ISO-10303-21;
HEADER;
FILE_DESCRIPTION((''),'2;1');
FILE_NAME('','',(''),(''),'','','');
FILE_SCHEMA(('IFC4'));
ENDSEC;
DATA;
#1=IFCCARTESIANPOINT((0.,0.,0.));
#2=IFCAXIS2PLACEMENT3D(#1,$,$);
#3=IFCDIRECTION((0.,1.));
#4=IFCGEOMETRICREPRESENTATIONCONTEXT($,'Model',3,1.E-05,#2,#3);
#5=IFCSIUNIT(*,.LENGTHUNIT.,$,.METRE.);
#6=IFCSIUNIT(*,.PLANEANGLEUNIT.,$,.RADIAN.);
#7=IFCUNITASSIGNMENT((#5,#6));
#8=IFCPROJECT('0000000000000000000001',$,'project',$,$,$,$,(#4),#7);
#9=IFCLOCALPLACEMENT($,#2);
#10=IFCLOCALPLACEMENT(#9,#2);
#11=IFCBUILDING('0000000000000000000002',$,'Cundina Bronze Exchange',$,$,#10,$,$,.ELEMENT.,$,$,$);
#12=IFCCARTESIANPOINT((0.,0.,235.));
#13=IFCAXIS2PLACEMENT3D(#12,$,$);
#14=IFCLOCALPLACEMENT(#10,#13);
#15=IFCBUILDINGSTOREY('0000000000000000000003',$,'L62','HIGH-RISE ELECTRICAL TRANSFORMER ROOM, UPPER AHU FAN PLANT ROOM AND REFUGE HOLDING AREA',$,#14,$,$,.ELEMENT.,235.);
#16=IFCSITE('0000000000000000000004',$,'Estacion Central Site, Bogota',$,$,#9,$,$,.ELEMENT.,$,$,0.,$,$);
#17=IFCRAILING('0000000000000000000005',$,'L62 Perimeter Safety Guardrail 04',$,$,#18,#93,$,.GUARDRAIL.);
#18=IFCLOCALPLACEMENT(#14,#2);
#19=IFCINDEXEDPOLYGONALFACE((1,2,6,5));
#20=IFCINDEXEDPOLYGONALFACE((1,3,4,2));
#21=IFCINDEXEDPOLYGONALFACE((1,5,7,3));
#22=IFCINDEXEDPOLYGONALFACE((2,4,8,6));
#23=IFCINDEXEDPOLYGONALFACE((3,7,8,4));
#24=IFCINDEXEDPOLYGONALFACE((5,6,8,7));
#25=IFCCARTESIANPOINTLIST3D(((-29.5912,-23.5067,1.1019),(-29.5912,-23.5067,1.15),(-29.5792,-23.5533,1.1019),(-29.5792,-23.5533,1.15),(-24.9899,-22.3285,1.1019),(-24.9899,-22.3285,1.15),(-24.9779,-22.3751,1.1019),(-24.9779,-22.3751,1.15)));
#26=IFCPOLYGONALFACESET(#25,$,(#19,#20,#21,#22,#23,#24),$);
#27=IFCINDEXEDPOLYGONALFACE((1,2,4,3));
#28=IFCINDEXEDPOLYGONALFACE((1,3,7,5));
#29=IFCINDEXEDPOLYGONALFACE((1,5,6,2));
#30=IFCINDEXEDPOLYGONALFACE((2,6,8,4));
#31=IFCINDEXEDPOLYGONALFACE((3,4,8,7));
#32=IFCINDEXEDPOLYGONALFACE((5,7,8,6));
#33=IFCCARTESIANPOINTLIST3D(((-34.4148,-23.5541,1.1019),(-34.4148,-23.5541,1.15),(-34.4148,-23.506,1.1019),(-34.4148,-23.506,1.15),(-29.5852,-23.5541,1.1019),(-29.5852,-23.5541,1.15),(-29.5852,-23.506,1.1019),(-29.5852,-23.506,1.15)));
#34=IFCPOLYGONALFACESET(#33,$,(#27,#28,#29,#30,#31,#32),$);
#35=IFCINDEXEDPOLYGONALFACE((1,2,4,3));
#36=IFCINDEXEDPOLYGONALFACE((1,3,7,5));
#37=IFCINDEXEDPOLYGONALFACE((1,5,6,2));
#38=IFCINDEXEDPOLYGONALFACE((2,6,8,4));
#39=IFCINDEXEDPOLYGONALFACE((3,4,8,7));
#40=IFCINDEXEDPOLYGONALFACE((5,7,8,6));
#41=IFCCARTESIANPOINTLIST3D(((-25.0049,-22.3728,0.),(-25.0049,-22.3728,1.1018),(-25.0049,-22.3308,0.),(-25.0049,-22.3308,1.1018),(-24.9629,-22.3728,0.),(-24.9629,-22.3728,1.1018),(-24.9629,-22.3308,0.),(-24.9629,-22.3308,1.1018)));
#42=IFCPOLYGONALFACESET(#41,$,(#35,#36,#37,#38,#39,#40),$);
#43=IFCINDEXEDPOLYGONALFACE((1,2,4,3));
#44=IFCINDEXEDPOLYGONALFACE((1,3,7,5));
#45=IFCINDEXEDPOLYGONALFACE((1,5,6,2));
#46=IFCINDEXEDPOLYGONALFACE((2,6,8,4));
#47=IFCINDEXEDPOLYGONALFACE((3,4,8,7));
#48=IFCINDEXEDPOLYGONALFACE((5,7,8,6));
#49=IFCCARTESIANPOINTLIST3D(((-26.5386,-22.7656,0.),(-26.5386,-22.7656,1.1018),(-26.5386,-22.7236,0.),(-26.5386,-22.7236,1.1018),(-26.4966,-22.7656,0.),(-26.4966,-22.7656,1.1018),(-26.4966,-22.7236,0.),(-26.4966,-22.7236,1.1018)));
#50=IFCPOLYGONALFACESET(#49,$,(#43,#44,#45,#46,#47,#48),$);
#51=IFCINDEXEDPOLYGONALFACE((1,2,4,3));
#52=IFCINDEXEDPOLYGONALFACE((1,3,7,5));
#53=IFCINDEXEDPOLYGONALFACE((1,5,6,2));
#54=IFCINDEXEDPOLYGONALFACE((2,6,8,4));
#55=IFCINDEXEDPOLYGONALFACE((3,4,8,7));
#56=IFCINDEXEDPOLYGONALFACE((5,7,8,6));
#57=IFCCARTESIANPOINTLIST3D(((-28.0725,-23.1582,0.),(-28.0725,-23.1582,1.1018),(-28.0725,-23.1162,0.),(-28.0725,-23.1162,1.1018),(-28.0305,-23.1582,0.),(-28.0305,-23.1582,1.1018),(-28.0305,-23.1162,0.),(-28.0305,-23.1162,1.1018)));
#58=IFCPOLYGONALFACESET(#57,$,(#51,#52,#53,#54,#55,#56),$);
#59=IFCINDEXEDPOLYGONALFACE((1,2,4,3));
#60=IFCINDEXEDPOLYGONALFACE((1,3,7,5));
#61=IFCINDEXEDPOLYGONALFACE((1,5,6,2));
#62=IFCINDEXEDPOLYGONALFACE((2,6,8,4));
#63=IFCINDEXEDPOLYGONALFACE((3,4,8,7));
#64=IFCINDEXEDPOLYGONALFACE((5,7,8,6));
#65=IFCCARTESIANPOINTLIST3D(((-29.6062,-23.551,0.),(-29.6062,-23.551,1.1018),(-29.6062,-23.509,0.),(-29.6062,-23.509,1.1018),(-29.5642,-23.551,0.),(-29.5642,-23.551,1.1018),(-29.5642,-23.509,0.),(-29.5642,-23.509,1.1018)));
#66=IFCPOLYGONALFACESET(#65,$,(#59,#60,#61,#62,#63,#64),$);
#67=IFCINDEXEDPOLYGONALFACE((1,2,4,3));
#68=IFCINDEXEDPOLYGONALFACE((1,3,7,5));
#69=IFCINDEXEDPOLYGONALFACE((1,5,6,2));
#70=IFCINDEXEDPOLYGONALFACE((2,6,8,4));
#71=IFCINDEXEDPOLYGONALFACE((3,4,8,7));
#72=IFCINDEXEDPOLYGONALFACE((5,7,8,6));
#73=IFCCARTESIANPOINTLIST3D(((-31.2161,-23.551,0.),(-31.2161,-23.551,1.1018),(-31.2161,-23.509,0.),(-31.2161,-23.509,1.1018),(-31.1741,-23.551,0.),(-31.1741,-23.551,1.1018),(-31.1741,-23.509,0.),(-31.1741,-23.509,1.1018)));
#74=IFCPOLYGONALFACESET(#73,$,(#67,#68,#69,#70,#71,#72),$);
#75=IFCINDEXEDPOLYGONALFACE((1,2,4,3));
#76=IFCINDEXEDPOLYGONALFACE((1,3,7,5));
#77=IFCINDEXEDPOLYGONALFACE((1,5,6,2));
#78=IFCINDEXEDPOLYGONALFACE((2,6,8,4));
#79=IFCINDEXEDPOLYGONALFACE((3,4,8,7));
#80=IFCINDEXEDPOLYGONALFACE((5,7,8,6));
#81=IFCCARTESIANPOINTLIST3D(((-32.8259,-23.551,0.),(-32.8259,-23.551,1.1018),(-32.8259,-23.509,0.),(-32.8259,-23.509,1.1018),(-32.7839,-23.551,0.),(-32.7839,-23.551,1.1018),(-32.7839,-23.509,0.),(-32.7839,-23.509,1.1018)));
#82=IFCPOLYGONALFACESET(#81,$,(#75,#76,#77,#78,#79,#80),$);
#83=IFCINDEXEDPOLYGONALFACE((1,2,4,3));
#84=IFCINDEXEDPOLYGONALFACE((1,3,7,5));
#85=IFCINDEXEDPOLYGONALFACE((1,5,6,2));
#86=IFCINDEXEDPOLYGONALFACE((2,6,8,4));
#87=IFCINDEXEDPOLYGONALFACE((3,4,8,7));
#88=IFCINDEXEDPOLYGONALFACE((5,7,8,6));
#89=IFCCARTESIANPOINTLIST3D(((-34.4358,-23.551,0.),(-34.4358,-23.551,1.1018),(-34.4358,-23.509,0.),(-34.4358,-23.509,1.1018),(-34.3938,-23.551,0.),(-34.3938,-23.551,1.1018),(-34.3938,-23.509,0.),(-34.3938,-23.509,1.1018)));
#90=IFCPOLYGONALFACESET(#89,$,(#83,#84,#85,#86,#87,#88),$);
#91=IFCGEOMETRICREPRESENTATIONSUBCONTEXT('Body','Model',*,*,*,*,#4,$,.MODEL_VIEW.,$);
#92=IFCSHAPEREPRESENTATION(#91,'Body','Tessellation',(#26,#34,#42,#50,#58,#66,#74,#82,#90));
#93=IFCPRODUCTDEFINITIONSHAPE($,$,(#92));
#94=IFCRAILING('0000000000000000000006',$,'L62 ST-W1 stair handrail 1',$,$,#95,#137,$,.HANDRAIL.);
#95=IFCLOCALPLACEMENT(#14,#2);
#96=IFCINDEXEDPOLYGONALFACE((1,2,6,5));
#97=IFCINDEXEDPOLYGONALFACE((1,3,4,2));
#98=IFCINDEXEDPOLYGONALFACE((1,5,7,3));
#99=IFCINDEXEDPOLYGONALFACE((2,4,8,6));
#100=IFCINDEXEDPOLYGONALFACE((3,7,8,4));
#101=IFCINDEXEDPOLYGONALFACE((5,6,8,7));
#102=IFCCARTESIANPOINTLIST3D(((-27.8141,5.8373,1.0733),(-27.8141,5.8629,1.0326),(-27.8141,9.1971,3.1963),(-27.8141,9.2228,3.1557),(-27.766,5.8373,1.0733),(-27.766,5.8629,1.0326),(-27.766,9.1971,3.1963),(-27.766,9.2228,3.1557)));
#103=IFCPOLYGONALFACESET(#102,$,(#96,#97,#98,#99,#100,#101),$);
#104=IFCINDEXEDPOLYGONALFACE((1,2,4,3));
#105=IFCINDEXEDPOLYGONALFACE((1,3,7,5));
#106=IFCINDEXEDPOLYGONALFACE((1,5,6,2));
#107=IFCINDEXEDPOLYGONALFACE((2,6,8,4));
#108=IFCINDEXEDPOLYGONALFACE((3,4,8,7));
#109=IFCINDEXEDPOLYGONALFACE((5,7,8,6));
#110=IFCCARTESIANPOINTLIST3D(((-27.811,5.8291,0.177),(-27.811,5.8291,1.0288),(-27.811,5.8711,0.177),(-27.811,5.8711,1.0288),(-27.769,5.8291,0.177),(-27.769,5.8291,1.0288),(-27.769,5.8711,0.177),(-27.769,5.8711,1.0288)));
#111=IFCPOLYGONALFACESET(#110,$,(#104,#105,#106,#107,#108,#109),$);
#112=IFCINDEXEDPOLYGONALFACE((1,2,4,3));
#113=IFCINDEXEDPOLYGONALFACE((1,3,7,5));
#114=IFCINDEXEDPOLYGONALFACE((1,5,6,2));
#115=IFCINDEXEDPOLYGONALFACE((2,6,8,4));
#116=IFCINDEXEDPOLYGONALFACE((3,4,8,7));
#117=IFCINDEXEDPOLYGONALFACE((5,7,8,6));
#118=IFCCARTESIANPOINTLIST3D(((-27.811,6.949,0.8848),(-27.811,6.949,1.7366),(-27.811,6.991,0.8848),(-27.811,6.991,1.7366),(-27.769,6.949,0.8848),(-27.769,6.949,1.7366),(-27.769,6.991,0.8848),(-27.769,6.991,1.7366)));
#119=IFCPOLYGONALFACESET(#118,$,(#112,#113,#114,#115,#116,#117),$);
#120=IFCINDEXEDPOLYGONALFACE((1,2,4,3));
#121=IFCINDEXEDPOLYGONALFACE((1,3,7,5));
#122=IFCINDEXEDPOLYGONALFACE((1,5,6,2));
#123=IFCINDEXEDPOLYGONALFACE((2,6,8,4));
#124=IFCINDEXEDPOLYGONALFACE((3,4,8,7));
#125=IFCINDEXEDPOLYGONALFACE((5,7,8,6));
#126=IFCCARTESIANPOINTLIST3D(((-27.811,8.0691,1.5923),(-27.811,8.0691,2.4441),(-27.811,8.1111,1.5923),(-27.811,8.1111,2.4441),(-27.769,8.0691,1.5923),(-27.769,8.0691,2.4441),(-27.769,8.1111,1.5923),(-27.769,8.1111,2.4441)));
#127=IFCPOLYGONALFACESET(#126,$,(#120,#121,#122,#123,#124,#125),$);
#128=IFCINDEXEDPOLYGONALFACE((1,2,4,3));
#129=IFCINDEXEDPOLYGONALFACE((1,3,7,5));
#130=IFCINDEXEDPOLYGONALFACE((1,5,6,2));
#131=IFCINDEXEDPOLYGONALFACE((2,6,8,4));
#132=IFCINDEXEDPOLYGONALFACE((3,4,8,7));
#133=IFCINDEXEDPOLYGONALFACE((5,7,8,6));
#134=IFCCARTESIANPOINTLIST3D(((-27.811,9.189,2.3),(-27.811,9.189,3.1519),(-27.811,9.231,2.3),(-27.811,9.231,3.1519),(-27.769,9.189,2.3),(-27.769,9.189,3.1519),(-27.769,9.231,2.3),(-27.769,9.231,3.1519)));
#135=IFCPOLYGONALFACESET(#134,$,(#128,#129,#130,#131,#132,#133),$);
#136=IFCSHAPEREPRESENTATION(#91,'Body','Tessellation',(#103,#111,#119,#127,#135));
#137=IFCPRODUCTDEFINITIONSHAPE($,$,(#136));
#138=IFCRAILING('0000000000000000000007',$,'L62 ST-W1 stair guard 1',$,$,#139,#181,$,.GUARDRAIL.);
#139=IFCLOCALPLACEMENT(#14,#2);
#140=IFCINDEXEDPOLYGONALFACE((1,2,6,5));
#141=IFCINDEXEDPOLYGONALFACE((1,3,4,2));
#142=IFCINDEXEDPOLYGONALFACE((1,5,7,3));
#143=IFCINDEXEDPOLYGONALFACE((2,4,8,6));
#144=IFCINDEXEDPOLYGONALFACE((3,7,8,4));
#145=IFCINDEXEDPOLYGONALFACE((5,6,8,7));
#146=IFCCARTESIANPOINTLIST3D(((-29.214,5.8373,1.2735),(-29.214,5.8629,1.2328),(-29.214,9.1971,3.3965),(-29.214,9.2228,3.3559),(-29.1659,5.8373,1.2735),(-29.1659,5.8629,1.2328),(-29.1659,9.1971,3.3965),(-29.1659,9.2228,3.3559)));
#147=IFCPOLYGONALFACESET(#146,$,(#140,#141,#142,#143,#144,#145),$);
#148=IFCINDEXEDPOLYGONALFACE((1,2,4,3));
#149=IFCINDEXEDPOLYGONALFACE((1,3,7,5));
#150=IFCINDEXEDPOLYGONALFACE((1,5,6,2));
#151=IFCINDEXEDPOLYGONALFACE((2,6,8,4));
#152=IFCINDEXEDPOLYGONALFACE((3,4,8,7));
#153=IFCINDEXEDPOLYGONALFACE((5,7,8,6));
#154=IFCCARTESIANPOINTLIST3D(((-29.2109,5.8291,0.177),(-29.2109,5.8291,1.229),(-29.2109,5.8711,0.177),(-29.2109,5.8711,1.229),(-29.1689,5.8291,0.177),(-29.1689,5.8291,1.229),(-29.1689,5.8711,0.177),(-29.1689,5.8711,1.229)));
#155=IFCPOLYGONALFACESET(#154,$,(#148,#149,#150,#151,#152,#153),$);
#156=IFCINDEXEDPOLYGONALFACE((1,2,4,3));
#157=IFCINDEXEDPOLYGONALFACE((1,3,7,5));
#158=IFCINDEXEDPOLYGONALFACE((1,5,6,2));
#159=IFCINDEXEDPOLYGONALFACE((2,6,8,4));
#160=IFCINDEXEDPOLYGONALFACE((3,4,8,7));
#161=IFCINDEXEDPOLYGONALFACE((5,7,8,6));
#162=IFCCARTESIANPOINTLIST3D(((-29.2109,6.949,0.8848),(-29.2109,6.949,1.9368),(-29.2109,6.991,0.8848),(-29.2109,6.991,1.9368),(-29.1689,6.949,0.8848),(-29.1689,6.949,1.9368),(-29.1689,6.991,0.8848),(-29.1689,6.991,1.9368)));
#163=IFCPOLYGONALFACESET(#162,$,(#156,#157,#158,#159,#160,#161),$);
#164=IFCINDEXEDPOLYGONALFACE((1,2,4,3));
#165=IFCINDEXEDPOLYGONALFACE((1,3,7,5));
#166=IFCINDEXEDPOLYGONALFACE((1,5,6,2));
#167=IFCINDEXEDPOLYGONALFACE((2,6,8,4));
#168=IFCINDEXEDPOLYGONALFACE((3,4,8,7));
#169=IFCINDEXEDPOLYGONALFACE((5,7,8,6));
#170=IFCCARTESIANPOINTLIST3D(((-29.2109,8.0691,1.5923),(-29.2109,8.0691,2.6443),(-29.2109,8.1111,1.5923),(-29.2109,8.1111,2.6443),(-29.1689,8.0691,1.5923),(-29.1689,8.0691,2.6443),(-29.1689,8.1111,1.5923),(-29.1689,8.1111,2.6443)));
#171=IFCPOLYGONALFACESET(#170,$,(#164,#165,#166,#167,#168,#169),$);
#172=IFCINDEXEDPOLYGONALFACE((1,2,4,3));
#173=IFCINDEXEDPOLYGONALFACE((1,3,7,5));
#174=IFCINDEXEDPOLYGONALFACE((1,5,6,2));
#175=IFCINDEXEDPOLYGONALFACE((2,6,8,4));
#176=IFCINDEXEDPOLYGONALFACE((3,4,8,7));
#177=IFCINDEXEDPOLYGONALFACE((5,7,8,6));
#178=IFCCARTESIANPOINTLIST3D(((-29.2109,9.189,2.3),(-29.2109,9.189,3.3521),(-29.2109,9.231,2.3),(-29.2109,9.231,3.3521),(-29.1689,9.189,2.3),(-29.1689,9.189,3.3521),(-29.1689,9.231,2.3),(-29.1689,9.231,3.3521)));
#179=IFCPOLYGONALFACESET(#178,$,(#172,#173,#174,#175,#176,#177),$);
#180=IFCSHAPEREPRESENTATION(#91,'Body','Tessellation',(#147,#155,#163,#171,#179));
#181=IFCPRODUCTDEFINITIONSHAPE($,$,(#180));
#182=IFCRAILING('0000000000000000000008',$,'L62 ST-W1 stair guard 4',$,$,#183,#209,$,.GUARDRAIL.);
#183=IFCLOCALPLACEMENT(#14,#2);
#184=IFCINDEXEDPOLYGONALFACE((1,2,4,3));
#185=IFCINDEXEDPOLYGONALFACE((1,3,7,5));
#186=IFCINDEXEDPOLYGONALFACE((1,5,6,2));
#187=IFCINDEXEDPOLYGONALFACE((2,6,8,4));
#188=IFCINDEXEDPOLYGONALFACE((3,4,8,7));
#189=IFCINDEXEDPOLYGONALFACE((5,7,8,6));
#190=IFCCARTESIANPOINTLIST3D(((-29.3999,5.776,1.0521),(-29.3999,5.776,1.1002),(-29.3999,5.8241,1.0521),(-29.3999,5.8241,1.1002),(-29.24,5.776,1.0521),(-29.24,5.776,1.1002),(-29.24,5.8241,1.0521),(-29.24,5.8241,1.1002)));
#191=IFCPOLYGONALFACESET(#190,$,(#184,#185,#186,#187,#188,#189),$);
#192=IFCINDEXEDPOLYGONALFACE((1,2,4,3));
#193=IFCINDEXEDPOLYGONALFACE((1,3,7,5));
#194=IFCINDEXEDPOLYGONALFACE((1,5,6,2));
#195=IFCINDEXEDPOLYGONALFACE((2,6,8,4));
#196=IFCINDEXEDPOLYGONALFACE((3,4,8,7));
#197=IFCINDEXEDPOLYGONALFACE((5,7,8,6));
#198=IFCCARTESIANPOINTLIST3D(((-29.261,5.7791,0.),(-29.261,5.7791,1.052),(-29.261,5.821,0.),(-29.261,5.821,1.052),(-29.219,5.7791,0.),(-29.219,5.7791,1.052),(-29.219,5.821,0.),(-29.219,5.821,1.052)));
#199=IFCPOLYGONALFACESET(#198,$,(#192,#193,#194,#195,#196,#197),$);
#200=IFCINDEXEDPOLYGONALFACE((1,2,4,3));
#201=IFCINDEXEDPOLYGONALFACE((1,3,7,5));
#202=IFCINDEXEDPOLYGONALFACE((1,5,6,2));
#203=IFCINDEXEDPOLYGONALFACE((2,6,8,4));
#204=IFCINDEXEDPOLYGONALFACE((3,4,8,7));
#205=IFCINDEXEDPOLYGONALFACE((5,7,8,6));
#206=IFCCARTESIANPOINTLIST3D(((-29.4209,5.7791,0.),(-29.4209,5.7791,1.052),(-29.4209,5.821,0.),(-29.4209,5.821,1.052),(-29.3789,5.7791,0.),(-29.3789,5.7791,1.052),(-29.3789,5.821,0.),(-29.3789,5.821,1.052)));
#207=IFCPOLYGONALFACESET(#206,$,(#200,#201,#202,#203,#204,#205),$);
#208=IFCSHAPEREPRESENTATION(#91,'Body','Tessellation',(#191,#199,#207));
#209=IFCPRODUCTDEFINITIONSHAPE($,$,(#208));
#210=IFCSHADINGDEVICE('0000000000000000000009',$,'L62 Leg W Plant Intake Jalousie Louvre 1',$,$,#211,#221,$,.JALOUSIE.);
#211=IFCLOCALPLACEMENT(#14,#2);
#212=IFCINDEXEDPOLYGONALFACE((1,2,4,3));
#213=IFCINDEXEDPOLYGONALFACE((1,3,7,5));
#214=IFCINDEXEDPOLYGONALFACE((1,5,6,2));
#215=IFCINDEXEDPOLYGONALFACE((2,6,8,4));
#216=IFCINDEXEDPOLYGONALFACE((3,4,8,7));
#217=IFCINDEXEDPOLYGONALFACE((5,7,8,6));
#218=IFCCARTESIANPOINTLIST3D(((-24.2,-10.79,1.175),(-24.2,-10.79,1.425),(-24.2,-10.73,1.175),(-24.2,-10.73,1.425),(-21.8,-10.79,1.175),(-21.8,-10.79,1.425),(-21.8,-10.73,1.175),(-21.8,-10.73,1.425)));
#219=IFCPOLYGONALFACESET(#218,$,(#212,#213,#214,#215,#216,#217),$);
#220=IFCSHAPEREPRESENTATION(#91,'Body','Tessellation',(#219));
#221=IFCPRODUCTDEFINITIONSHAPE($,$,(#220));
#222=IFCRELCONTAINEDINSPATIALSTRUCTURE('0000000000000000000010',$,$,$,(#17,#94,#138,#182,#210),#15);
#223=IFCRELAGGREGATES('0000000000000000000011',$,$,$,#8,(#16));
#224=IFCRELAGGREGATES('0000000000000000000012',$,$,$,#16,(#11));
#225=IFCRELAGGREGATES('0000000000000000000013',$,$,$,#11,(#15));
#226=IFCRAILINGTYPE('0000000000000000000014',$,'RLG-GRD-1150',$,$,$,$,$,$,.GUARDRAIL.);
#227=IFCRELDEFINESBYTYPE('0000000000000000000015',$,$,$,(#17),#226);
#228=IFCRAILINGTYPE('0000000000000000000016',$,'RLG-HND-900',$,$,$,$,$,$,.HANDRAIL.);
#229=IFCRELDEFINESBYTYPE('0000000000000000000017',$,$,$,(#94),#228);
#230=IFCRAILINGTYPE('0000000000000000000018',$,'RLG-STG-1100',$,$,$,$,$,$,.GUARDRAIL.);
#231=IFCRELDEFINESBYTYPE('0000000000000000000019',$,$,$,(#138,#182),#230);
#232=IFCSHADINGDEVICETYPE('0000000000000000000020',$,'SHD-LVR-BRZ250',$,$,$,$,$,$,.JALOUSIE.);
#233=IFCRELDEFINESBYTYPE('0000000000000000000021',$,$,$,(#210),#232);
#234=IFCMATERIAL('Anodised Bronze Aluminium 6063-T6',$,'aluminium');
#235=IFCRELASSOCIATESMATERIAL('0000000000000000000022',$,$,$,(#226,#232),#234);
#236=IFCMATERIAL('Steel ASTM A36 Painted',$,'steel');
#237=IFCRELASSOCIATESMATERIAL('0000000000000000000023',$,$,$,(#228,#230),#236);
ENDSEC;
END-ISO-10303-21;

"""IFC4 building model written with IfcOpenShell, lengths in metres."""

from ifc_helpers import new_model, si_unit, direction, frame, origin, origin_2d, place, context, subcontext, project, spatial, rectangle, extrude, material, material_profile, profile_set, type_object, element, save


model = new_model("IFC4")

# Units and contexts
model_context = context("Model", 3, precision=1e-05, world=origin(), true_north=direction((0.0, 1.0)))
body_context = subcontext(model_context, "Body", "Model", "MODEL_VIEW")
ifc_project = project(units=[si_unit("LENGTHUNIT", "METRE"), si_unit("PLANEANGLEUNIT", "RADIAN")], contexts=[model_context])

# Site, building, storey
site_placement = place(None, origin())
site = spatial("IfcSite", under=ifc_project, at=site_placement, Name="Estacion Central Site, Bogota", CompositionType="ELEMENT", RefElevation=0.0)
building_placement = place(site_placement, origin())
building = spatial("IfcBuilding", under=site, at=building_placement, Name="Cundina Bronze Exchange", CompositionType="ELEMENT")
storey_placement = place(building_placement, frame((0.0, 0.0, 235.0)))
storey = spatial("IfcBuildingStorey", under=building, at=storey_placement, Name="L62", Description="HIGH-RISE ELECTRICAL TRANSFORMER ROOM, UPPER AHU FAN PLANT ROOM AND REFUGE HOLDING AREA", CompositionType="ELEMENT", Elevation=235.0)

# Shared definitions
ifc_material_1 = material(Name="Steel ASTM A36 Painted", Category="steel")

# Railings
ifc_material_2 = material(Name="Anodised Bronze Aluminium 6063-T6", Category="aluminium")
railing_type_1 = type_object("IfcRailingType", Name="RLG-GRD-1150", PredefinedType="GUARDRAIL", material=ifc_material_2)
railing_1_placement = place(storey_placement, frame((-24.9839, -22.3518, 0.0)))
element("IfcRailing", 1, at=railing_1_placement, inside=storey, type_object=railing_type_1, Name="L62 Perimeter Safety Guardrail 04", PredefinedType="GUARDRAIL", context=body_context, shape_type="SweptSolid", body=[
    extrude(rectangle(XDim=0.0481, YDim=0.0481, at=origin_2d()), frame((0.0, 0.0, 1.126), z_axis=(-0.968745, -0.248059, 0.0), x_axis=(0.248059, -0.968745, 0.0)), (0.0, 0.0, 1.0), 4.7498),
    extrude(rectangle(XDim=0.0481, YDim=0.0481, at=origin_2d()), frame((-4.6013, -1.1782, 1.126), z_axis=(-1.0, 0.0, 0.0), x_axis=(0.0, -1.0, 0.0)), (0.0, 0.0, 1.0), 4.8296),
    extrude(rectangle(XDim=0.042, YDim=0.042, at=origin_2d()), origin(), (0.0, 0.0, 1.0), 1.1018),
    extrude(rectangle(XDim=0.042, YDim=0.042, at=origin_2d()), frame((-1.5337, -0.3928, 0.0)), (0.0, 0.0, 1.0), 1.1018),
    extrude(rectangle(XDim=0.042, YDim=0.042, at=origin_2d()), frame((-3.0676, -0.7854, 0.0)), (0.0, 0.0, 1.0), 1.1018),
    extrude(rectangle(XDim=0.042, YDim=0.042, at=origin_2d()), frame((-4.6013, -1.1782, 0.0)), (0.0, 0.0, 1.0), 1.1018),
    extrude(rectangle(XDim=0.042, YDim=0.042, at=origin_2d()), frame((-6.2112, -1.1782, 0.0)), (0.0, 0.0, 1.0), 1.1018),
    extrude(rectangle(XDim=0.042, YDim=0.042, at=origin_2d()), frame((-7.821, -1.1782, 0.0)), (0.0, 0.0, 1.0), 1.1018),
    extrude(rectangle(XDim=0.042, YDim=0.042, at=origin_2d()), frame((-9.4309, -1.1782, 0.0)), (0.0, 0.0, 1.0), 1.1018),
])
railing_type_2 = type_object("IfcRailingType", Name="RLG-HND-900", PredefinedType="HANDRAIL", material=ifc_material_1)
railing_2_placement = place(storey_placement, frame((-27.79, 5.8501, 0.177)))
element("IfcRailing", 2, at=railing_2_placement, inside=storey, type_object=railing_type_2, Name="L62 ST-W1 stair handrail 1", PredefinedType="HANDRAIL", context=body_context, shape_type="SweptSolid", body=[
    extrude(rectangle(XDim=0.0481, YDim=0.0481, at=origin_2d()), frame((0.0, 0.0, 0.876), z_axis=(0.0, 0.845372, 0.534178), x_axis=(-1.0, 0.0, 0.0)), (0.0, 0.0, 1.0), 3.9744),
    extrude(rectangle(XDim=0.042, YDim=0.042, at=origin_2d()), origin(), (0.0, 0.0, 1.0), 0.8518),
    extrude(rectangle(XDim=0.042, YDim=0.042, at=origin_2d()), frame((0.0, 1.1199, 0.7078)), (0.0, 0.0, 1.0), 0.8518),
    extrude(rectangle(XDim=0.042, YDim=0.042, at=origin_2d()), frame((0.0, 2.24, 1.4153)), (0.0, 0.0, 1.0), 0.8518),
    extrude(rectangle(XDim=0.042, YDim=0.042, at=origin_2d()), frame((0.0, 3.3599, 2.123)), (0.0, 0.0, 1.0), 0.8518),
])
railing_type_3 = type_object("IfcRailingType", Name="RLG-STG-1100", PredefinedType="GUARDRAIL", material=ifc_material_1)
railing_3_placement = place(storey_placement, frame((-29.1899, 5.8501, 0.177)))
element("IfcRailing", 3, at=railing_3_placement, inside=storey, type_object=railing_type_3, Name="L62 ST-W1 stair guard 1", PredefinedType="GUARDRAIL", context=body_context, shape_type="SweptSolid", body=[
    extrude(rectangle(XDim=0.0481, YDim=0.0481, at=origin_2d()), frame((0.0, 0.0, 1.0762), z_axis=(0.0, 0.845372, 0.534178), x_axis=(-1.0, 0.0, 0.0)), (0.0, 0.0, 1.0), 3.9744),
    extrude(rectangle(XDim=0.042, YDim=0.042, at=origin_2d()), origin(), (0.0, 0.0, 1.0), 1.052),
    extrude(rectangle(XDim=0.042, YDim=0.042, at=origin_2d()), frame((0.0, 1.1199, 0.7078)), (0.0, 0.0, 1.0), 1.052),
    extrude(rectangle(XDim=0.042, YDim=0.042, at=origin_2d()), frame((0.0, 2.24, 1.4153)), (0.0, 0.0, 1.0), 1.052),
    extrude(rectangle(XDim=0.042, YDim=0.042, at=origin_2d()), frame((0.0, 3.3599, 2.123)), (0.0, 0.0, 1.0), 1.052),
])
railing_4_placement = place(storey_placement, frame((-29.24, 5.8, 0.0)))
element("IfcRailing", 4, at=railing_4_placement, inside=storey, type_object=railing_type_3, Name="L62 ST-W1 stair guard 4", PredefinedType="GUARDRAIL", context=body_context, shape_type="SweptSolid", body=[
    extrude(rectangle(XDim=0.0481, YDim=0.0481, at=origin_2d()), frame((0.0, 0.0, 1.0762), z_axis=(-1.0, 0.0, 0.0), x_axis=(0.0, -1.0, 0.0)), (0.0, 0.0, 1.0), 0.1599),
    extrude(rectangle(XDim=0.042, YDim=0.042, at=origin_2d()), origin(), (0.0, 0.0, 1.0), 1.052),
    extrude(rectangle(XDim=0.042, YDim=0.042, at=origin_2d()), frame((-0.1599, 0.0, 0.0)), (0.0, 0.0, 1.0), 1.052),
])

# Shading device
ifc_material_profile_1 = material_profile(ifc_material_2, rectangle(XDim=0.0601, YDim=0.25, at=origin_2d()), Name="LVR60X250", Category="aluminium")
ifc_profile_set_1 = profile_set([ifc_material_profile_1], Name="Anodised Bronze Aluminium 6063-T6")
shading_device_type = type_object("IfcShadingDeviceType", Name="SHD-LVR-BRZ250", PredefinedType="JALOUSIE", material=ifc_profile_set_1)
for number, where, z_axis, x_axis, name in (
    (5, (-24.2, -10.76, 1.3), (1.0, 0.0, 0.0), (0.0, 1.0, 0.0), "L62 Leg W Plant Intake Jalousie Louvre 1"),
):
    element("IfcShadingDevice", number, at=place(storey_placement, frame(where, z_axis=z_axis, x_axis=x_axis)), inside=storey, type_object=shading_device_type, Name=name, PredefinedType="JALOUSIE", context=body_context, shape_type="SweptSolid", body=[
        extrude(rectangle(XDim=0.0601, YDim=0.25, at=origin_2d()), origin(), (0.0, 0.0, 1.0), 2.3999),
    ])

save(model, "model.ifc")
